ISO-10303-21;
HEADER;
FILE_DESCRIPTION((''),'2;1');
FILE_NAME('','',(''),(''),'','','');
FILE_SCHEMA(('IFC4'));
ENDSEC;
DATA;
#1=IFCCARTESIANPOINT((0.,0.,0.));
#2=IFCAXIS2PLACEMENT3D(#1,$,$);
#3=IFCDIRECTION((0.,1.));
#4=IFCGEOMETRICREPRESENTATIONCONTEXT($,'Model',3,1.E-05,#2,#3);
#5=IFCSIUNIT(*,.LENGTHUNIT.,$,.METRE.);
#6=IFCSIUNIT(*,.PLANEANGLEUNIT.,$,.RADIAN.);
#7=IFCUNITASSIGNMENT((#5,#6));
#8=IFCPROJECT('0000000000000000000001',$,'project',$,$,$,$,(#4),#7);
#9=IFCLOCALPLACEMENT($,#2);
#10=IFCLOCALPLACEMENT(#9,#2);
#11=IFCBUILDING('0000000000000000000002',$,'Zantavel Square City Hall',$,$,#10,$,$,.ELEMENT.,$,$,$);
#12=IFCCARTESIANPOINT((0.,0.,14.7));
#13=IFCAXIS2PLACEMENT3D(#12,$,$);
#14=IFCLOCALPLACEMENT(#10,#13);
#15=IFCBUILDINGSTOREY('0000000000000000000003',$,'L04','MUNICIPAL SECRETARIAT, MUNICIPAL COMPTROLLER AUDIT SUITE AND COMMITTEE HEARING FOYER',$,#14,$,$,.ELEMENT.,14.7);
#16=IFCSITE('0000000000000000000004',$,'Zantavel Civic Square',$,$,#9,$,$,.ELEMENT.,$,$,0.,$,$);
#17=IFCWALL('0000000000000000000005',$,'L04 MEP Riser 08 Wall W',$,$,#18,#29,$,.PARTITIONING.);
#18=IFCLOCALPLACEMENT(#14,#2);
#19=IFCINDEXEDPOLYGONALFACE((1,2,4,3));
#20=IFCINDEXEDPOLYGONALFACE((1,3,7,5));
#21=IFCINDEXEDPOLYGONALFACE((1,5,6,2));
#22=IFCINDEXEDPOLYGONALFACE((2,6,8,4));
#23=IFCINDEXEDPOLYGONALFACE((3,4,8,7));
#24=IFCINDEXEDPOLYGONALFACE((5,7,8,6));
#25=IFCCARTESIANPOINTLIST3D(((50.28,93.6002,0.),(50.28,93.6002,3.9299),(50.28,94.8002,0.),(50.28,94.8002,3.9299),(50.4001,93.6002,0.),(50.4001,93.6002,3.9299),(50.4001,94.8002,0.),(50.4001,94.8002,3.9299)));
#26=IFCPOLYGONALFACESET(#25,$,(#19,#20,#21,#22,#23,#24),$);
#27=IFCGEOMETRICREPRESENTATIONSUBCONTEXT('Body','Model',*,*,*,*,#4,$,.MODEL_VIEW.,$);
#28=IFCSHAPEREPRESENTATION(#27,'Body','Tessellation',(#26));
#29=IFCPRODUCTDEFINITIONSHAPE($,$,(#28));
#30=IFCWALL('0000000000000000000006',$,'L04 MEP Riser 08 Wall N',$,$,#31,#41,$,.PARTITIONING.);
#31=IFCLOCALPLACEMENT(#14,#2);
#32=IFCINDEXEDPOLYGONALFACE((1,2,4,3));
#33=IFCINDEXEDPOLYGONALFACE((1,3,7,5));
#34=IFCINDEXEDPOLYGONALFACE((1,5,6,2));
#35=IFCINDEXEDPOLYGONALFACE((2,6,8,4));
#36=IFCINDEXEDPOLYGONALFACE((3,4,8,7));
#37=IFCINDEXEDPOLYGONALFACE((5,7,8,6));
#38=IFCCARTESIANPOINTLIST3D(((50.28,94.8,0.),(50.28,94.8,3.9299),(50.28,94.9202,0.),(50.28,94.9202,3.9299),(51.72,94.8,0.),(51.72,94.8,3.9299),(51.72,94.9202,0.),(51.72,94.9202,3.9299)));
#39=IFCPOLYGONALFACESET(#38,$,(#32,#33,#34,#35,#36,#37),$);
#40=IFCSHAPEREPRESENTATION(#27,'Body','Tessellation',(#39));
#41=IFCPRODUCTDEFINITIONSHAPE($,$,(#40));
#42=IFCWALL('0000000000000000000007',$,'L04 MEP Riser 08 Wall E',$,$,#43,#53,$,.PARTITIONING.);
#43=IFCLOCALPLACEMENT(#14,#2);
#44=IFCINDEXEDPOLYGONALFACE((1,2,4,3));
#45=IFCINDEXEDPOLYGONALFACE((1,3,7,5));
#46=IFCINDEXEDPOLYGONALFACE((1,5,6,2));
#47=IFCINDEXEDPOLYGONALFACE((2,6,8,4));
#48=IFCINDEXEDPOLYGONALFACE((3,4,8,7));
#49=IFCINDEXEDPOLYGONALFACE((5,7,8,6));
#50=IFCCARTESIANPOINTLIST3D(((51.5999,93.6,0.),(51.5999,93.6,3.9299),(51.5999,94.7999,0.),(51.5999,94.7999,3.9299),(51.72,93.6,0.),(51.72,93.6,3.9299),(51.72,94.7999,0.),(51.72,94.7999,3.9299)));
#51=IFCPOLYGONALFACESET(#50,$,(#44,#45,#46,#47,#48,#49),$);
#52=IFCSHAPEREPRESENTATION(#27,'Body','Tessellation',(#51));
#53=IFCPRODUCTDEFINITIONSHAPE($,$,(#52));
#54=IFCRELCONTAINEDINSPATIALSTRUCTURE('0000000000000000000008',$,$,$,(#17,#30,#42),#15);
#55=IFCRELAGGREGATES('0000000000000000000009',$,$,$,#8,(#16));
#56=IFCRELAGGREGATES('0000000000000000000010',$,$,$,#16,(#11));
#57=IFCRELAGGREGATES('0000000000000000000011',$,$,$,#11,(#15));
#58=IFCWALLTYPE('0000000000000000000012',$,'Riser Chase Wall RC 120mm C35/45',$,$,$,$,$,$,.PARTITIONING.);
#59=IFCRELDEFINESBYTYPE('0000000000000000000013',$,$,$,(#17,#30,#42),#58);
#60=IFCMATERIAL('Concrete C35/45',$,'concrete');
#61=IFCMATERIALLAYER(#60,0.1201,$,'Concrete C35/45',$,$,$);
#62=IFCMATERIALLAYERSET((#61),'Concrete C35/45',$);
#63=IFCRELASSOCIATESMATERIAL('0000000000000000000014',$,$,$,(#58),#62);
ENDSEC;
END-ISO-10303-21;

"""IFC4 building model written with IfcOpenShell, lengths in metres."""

from ifc_helpers import new_model, si_unit, direction, frame, frame_2d, origin, place, context, subcontext, project, spatial, rectangle, extrude, material, layer, layer_set, type_object, element, save


model = new_model("IFC4")

# Units and contexts
model_context = context("Model", 3, precision=1e-05, world=origin(), true_north=direction((0.0, 1.0)))
body_context = subcontext(model_context, "Body", "Model", "MODEL_VIEW")
ifc_project = project(units=[si_unit("LENGTHUNIT", "METRE"), si_unit("PLANEANGLEUNIT", "RADIAN")], contexts=[model_context])

# Site, building, storey
site_placement = place(None, origin())
site = spatial("IfcSite", under=ifc_project, at=site_placement, Name="Zantavel Civic Square", CompositionType="ELEMENT", RefElevation=0.0)
building_placement = place(site_placement, origin())
building = spatial("IfcBuilding", under=site, at=building_placement, Name="Zantavel Square City Hall", CompositionType="ELEMENT")
storey_placement = place(building_placement, frame((0.0, 0.0, 14.7)))
storey = spatial("IfcBuildingStorey", under=building, at=storey_placement, Name="L04", Description="MUNICIPAL SECRETARIAT, MUNICIPAL COMPTROLLER AUDIT SUITE AND COMMITTEE HEARING FOYER", CompositionType="ELEMENT", Elevation=14.7)

# Shared definitions
ifc_material_1 = material(Name="Concrete C35/45", Category="concrete")

# Walls
ifc_layer_1 = layer(ifc_material_1, 0.1201, Name="Concrete C35/45")
ifc_layer_set_1 = layer_set([ifc_layer_1], Name="Concrete C35/45")
wall_type_1 = type_object("IfcWallType", Name="Riser Chase Wall RC 120mm C35/45", PredefinedType="PARTITIONING", material=ifc_layer_set_1)
wall_1_placement = place(storey_placement, frame((50.3401, 93.6001, 0.0), z_axis=(0.0, 0.0, 1.0), x_axis=(0.0, 1.0, 0.0)))
element("IfcWall", 1, at=wall_1_placement, inside=storey, type_object=wall_type_1, Name="L04 MEP Riser 08 Wall W", PredefinedType="PARTITIONING", context=body_context, shape_type="SweptSolid", body=[
    extrude(rectangle(XDim=1.2, YDim=0.1201, at=frame_2d((0.6001, 0.0))), origin(), (0.0, 0.0, 1.0), 3.9299),
])
wall_2_placement = place(storey_placement, frame((50.28, 94.8601, 0.0), z_axis=(0.0, 0.0, 1.0), x_axis=(1.0, 0.0, 0.0)))
element("IfcWall", 2, at=wall_2_placement, inside=storey, type_object=wall_type_1, Name="L04 MEP Riser 08 Wall N", PredefinedType="PARTITIONING", context=body_context, shape_type="SweptSolid", body=[
    extrude(rectangle(XDim=1.4399, YDim=0.1201, at=frame_2d((0.72, 0.0))), origin(), (0.0, 0.0, 1.0), 3.9299),
])
wall_3_placement = place(storey_placement, frame((51.6599, 94.8, 0.0), z_axis=(0.0, 0.0, 1.0), x_axis=(0.0, -1.0, 0.0)))
element("IfcWall", 3, at=wall_3_placement, inside=storey, type_object=wall_type_1, Name="L04 MEP Riser 08 Wall E", PredefinedType="PARTITIONING", context=body_context, shape_type="SweptSolid", body=[
    extrude(rectangle(XDim=1.2, YDim=0.1201, at=frame_2d((0.6001, 0.0))), origin(), (0.0, 0.0, 1.0), 3.9299),
])

save(model, "model.ifc")
